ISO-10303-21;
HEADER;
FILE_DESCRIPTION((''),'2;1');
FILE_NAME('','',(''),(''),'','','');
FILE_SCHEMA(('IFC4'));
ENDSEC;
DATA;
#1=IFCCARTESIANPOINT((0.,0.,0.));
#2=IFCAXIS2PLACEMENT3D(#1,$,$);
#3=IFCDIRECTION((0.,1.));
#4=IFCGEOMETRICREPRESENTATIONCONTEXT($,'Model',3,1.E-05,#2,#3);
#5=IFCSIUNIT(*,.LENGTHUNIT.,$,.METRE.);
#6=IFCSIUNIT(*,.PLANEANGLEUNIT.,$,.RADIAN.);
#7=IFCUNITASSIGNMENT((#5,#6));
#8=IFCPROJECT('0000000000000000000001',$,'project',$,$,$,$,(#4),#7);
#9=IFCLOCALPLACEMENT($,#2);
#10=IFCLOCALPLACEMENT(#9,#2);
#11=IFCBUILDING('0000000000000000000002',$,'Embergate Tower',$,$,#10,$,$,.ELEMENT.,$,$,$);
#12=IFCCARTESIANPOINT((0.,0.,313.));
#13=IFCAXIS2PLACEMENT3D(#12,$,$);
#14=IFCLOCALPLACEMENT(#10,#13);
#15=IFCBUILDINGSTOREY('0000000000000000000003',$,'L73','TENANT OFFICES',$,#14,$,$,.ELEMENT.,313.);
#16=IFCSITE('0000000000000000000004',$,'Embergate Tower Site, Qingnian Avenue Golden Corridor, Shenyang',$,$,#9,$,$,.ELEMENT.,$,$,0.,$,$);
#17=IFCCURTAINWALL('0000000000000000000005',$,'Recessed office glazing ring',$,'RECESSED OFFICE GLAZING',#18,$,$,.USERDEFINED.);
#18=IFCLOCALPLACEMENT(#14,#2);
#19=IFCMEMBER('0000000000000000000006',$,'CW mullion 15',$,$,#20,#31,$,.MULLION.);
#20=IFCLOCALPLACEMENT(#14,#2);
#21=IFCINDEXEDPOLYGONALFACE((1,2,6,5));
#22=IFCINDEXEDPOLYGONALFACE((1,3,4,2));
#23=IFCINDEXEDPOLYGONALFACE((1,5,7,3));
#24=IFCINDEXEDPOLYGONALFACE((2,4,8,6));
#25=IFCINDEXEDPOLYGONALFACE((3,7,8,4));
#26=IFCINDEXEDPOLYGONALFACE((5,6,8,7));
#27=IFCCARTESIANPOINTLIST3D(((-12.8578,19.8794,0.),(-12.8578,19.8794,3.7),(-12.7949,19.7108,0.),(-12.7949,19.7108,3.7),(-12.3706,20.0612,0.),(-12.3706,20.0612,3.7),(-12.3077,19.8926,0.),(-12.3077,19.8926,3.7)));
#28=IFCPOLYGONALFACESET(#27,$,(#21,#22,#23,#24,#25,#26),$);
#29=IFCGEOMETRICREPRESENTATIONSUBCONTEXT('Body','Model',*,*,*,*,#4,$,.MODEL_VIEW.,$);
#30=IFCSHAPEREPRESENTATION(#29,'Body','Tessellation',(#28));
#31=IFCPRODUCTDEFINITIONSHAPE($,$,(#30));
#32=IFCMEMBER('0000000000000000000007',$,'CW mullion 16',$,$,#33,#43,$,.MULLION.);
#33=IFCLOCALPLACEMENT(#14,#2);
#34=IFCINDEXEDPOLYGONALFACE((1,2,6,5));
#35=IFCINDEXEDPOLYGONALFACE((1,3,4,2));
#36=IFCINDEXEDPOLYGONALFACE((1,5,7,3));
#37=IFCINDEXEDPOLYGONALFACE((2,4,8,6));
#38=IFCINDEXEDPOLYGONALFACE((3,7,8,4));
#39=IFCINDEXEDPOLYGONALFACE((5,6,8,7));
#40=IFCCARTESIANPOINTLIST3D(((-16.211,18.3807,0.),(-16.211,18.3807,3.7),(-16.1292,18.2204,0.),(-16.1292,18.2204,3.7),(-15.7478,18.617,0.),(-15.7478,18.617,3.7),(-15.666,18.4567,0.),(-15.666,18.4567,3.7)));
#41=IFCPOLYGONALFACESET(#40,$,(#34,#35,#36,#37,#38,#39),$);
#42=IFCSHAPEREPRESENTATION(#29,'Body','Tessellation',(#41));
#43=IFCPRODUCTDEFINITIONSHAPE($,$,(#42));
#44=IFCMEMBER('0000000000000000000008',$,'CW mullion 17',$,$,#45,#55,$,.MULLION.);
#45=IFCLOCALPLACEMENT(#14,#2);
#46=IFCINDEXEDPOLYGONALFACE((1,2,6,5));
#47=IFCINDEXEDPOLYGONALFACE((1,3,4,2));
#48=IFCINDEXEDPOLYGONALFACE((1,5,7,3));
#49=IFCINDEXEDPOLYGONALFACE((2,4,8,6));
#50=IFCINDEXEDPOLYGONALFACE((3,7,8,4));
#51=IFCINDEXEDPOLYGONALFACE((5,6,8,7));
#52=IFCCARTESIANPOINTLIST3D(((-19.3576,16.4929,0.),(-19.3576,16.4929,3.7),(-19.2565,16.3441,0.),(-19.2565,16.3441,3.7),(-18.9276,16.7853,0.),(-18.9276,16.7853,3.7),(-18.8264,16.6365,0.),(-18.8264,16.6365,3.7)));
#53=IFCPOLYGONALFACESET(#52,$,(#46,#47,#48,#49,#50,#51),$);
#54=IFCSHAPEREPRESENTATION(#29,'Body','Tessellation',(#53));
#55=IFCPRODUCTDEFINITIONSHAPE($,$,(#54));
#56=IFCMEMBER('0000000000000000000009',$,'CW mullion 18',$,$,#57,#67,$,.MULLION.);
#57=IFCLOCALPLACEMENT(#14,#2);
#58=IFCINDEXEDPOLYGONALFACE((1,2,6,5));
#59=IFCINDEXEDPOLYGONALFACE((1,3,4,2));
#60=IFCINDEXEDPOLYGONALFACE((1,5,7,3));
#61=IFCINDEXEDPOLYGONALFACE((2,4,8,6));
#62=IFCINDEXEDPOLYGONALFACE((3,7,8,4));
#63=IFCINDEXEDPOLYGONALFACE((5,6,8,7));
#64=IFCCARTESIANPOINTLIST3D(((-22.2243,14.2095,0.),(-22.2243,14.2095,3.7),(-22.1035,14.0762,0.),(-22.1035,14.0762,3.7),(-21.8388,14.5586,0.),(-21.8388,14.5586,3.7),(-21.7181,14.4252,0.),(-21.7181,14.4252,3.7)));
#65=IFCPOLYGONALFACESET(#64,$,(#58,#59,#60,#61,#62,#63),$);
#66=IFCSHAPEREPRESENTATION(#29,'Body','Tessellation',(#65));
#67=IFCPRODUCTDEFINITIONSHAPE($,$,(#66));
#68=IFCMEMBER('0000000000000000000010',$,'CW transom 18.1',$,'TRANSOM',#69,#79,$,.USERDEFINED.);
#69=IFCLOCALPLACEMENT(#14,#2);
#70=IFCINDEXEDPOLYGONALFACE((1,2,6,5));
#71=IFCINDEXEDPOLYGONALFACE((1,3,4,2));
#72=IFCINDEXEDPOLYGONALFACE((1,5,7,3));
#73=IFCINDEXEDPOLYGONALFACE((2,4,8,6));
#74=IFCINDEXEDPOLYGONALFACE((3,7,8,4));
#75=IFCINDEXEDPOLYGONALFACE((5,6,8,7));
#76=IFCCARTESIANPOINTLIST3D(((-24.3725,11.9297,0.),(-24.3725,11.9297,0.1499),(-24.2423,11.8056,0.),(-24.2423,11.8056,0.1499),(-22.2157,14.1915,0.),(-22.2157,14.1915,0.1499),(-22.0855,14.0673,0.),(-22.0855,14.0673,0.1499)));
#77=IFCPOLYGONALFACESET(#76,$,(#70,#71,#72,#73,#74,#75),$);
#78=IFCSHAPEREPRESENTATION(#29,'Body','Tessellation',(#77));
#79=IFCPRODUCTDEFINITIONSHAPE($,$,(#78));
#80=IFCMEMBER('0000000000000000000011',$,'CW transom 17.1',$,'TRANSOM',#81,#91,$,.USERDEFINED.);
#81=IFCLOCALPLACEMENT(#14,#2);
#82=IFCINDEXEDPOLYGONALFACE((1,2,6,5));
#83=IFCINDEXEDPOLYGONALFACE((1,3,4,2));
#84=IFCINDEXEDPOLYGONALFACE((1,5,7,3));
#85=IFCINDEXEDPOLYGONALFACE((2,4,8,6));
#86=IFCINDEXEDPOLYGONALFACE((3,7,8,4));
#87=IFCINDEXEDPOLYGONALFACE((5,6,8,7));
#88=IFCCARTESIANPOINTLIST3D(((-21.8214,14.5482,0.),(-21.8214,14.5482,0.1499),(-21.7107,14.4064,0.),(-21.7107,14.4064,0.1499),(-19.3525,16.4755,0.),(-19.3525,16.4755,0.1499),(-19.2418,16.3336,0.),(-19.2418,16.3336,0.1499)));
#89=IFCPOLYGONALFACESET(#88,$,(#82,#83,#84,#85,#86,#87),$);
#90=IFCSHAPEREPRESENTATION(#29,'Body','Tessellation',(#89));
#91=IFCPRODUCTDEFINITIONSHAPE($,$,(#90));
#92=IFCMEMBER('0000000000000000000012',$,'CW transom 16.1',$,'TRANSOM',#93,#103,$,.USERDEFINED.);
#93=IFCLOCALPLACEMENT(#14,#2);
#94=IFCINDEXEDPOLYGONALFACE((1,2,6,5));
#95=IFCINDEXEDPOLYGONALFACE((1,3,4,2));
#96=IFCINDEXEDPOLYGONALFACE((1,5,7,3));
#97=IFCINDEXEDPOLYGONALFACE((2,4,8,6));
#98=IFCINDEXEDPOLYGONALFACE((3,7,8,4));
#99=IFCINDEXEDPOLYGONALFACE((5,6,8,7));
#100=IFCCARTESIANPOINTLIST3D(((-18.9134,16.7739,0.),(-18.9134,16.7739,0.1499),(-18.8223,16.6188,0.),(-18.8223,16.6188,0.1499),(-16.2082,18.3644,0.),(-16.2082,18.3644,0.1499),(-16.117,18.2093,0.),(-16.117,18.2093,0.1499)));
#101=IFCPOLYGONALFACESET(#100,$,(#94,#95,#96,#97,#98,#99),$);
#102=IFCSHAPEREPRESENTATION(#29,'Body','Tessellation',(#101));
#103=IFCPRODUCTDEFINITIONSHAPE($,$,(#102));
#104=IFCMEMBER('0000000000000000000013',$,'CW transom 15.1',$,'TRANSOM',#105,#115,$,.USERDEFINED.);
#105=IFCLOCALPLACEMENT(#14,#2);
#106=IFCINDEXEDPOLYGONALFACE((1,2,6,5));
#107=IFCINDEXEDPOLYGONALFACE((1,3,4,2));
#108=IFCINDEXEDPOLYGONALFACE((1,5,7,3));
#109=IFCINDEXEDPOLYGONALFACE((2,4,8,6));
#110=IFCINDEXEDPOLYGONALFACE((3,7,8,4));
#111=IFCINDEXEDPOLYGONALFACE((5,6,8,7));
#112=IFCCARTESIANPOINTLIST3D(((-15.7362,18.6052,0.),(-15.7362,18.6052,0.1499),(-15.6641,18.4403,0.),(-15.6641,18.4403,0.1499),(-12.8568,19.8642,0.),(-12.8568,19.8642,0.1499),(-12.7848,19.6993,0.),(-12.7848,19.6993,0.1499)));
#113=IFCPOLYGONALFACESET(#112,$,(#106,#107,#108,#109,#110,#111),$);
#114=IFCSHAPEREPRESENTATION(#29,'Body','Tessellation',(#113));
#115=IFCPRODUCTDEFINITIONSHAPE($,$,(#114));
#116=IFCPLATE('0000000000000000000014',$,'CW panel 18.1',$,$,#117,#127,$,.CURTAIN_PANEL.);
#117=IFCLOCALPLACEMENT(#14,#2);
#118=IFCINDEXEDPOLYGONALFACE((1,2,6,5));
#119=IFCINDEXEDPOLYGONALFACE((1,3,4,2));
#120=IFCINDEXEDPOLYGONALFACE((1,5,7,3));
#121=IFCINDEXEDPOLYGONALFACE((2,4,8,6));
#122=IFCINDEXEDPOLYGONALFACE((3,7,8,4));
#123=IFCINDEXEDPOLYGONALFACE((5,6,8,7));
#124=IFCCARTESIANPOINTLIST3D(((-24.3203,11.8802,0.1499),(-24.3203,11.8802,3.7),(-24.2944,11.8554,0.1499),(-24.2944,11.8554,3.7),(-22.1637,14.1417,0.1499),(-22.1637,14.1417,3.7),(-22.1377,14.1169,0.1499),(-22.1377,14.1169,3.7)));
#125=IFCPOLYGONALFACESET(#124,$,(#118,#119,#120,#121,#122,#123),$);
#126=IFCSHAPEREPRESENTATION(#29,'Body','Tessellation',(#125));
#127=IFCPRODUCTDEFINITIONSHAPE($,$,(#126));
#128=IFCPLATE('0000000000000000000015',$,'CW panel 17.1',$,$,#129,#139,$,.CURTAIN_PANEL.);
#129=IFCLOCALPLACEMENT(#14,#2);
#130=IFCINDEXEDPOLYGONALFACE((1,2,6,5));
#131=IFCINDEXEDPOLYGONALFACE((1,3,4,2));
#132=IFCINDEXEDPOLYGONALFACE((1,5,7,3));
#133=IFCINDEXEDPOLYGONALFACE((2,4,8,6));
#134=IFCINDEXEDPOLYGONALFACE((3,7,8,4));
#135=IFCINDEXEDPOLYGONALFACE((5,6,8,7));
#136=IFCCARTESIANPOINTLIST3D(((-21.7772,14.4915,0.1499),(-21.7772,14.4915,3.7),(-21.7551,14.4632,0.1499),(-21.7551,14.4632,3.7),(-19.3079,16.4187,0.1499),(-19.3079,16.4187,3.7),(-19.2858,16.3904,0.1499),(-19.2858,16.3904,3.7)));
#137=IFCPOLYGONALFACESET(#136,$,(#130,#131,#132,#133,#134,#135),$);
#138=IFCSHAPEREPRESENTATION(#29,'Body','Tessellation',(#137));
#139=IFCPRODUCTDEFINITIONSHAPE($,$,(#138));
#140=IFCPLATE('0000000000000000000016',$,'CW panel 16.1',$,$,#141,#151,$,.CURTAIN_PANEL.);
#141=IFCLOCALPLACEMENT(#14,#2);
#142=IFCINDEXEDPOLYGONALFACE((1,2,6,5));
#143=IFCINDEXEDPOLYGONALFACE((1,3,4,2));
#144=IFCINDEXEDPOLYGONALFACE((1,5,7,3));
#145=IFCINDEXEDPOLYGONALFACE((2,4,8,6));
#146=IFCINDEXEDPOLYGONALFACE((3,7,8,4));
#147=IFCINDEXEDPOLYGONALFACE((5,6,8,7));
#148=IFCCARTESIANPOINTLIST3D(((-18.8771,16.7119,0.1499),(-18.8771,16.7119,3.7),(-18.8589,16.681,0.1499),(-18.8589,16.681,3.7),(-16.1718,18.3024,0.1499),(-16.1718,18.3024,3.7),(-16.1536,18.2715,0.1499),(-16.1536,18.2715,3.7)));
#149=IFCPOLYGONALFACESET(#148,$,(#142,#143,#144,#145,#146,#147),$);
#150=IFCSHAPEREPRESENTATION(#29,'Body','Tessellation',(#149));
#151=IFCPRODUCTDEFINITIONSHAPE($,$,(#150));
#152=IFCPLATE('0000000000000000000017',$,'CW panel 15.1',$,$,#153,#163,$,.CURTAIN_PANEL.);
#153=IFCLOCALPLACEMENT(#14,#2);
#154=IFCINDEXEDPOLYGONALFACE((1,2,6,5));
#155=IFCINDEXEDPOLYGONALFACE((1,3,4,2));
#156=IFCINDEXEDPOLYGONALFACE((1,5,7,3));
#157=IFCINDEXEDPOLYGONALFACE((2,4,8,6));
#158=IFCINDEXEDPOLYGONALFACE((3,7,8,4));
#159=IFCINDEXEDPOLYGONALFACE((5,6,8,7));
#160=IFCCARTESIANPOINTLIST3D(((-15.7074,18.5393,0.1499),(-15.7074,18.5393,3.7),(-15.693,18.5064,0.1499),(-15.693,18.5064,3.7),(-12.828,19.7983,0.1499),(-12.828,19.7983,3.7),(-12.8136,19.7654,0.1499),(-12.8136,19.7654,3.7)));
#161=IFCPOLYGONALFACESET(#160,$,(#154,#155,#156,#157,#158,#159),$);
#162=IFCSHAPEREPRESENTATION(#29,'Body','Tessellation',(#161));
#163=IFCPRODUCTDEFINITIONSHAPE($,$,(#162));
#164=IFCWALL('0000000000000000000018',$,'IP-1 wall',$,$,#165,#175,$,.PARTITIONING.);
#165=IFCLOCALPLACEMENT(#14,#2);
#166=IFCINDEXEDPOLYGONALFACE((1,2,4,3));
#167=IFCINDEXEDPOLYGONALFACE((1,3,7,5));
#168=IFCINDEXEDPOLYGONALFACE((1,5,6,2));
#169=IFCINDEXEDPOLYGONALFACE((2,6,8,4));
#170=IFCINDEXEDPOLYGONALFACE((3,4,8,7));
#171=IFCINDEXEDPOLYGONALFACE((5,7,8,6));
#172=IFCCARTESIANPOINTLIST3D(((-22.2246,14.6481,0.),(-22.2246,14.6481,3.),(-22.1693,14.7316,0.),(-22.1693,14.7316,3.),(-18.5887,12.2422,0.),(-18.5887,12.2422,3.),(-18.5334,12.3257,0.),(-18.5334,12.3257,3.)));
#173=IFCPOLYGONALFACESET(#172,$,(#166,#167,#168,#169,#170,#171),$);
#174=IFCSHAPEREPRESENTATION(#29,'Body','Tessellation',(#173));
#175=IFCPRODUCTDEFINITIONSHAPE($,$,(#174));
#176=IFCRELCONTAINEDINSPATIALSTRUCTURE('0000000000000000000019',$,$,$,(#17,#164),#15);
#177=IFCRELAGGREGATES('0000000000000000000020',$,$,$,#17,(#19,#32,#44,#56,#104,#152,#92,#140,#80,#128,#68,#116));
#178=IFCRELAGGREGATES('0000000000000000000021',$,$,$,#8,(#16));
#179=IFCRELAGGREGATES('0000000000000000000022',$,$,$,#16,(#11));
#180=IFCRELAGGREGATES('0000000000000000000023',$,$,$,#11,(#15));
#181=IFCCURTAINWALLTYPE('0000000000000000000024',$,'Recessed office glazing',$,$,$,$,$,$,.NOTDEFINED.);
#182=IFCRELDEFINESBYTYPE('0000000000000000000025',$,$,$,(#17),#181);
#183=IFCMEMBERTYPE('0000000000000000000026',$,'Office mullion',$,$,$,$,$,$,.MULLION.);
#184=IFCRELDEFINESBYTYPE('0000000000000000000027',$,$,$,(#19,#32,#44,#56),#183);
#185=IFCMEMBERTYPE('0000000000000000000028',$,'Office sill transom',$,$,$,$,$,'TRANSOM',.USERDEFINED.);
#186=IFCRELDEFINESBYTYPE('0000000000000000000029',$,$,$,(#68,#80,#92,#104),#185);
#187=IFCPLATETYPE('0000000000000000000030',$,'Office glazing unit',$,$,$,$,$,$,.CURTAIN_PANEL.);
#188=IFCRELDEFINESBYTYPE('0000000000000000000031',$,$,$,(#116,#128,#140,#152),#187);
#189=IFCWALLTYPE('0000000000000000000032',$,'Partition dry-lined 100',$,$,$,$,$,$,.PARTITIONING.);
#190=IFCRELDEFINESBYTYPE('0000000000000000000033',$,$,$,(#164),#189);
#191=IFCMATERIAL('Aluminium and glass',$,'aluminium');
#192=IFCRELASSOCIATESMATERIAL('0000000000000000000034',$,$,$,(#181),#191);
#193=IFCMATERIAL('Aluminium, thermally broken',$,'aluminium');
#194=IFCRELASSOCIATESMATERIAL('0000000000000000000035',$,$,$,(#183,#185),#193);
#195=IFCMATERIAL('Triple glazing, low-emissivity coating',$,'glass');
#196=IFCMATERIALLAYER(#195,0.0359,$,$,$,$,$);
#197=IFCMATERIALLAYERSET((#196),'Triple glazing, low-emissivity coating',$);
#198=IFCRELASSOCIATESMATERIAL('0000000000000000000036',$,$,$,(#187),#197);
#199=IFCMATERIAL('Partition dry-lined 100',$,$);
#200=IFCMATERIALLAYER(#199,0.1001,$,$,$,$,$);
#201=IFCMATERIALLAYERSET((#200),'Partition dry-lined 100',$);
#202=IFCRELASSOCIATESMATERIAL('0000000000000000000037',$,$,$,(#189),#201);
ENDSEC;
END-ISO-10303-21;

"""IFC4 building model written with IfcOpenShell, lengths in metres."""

from ifc_helpers import new_model, si_unit, direction, frame, frame_2d, origin, origin_2d, place, context, subcontext, project, spatial, rectangle, extrude, source, transform, mapped, material, layer, layer_set, material_profile, profile_set, type_object, element, aggregate, save


model = new_model("IFC4")

# Units and contexts
model_context = context("Model", 3, precision=1e-05, world=origin(), true_north=direction((0.0, 1.0)))
body_context = subcontext(model_context, "Body", "Model", "MODEL_VIEW")
ifc_project = project(units=[si_unit("LENGTHUNIT", "METRE"), si_unit("PLANEANGLEUNIT", "RADIAN")], contexts=[model_context])

# Site, building, storey
site_placement = place(None, origin())
site = spatial("IfcSite", under=ifc_project, at=site_placement, Name="Embergate Tower Site, Qingnian Avenue Golden Corridor, Shenyang", CompositionType="ELEMENT", RefElevation=0.0)
building_placement = place(site_placement, origin())
building = spatial("IfcBuilding", under=site, at=building_placement, Name="Embergate Tower", CompositionType="ELEMENT")
storey_placement = place(building_placement, frame((0.0, 0.0, 313.0)))
storey = spatial("IfcBuildingStorey", under=building, at=storey_placement, Name="L73", Description="TENANT OFFICES", CompositionType="ELEMENT", Elevation=313.0)

# Curtain wall, members, plates
ifc_material_1 = material(Name="Aluminium and glass", Category="aluminium")
curtain_wall_type = type_object("IfcCurtainWallType", Name="Recessed office glazing", PredefinedType="NOTDEFINED", material=ifc_material_1)
curtain_wall_placement = place(storey_placement, origin())
curtain_wall = element("IfcCurtainWall", 1, at=curtain_wall_placement, inside=storey, type_object=curtain_wall_type, Name="Recessed office glazing ring", ObjectType="RECESSED OFFICE GLAZING", PredefinedType="USERDEFINED")
ifc_material_2 = material(Name="Aluminium, thermally broken", Category="aluminium")
ifc_material_profile_1 = material_profile(ifc_material_2, rectangle(XDim=0.1799, YDim=0.52, at=origin_2d()), Name="AL 520x180")
ifc_profile_set_1 = profile_set([ifc_material_profile_1], Name="Aluminium, thermally broken")
member_type_1 = type_object("IfcMemberType", Name="Office mullion", PredefinedType="MULLION", material=ifc_profile_set_1)
shared_shape_1 = source(origin(), body_context, "Body", "SweptSolid", [
    extrude(rectangle(XDim=0.1799, YDim=0.52, at=origin_2d()), origin(), (0.0, 0.0, 1.0), 3.7),
])
member_1_placement = place(storey_placement, frame((-12.5828, 19.886, 0.0), z_axis=(0.0, 0.0, 1.0), x_axis=(0.349501, -0.936936, 0.0)))
member_1 = element("IfcMember", 2, at=member_1_placement, type_object=member_type_1, Name="CW mullion 15", PredefinedType="MULLION", context=body_context, shape_type="MappedRepresentation", body=[
    mapped(shared_shape_1, transform((0.0, 0.0, 0.0))),
])
member_2_placement = place(storey_placement, frame((-15.9385, 18.4187, 0.0), z_axis=(0.0, 0.0, 1.0), x_axis=(0.454507, -0.890743, 0.0)))
member_2 = element("IfcMember", 3, at=member_2_placement, type_object=member_type_1, Name="CW mullion 16", PredefinedType="MULLION", context=body_context, shape_type="MappedRepresentation", body=[
    mapped(shared_shape_1, transform((0.0, 0.0, 0.0))),
])
member_3_placement = place(storey_placement, frame((-19.092, 16.5647, 0.0), z_axis=(0.0, 0.0, 1.0), x_axis=(0.56221, -0.826994, 0.0)))
member_3 = element("IfcMember", 4, at=member_3_placement, type_object=member_type_1, Name="CW mullion 17", PredefinedType="MULLION", context=body_context, shape_type="MappedRepresentation", body=[
    mapped(shared_shape_1, transform((0.0, 0.0, 0.0))),
])
member_4_placement = place(storey_placement, frame((-21.9712, 14.3174, 0.0), z_axis=(0.0, 0.0, 1.0), x_axis=(0.671217, -0.74126, 0.0)))
member_4 = element("IfcMember", 5, at=member_4_placement, type_object=member_type_1, Name="CW mullion 18", PredefinedType="MULLION", context=body_context, shape_type="MappedRepresentation", body=[
    mapped(shared_shape_1, transform((0.0, 0.0, 0.0))),
])
ifc_material_profile_2 = material_profile(ifc_material_2, rectangle(XDim=0.1799, YDim=0.1499, at=origin_2d()), Name="AL 150x180")
ifc_profile_set_2 = profile_set([ifc_material_profile_2], Name="Aluminium, thermally broken")
member_type_2 = type_object("IfcMemberType", Name="Office sill transom", ElementType="TRANSOM", PredefinedType="USERDEFINED", material=ifc_profile_set_2)
shared_shape_2 = source(origin(), body_context, "Body", "SweptSolid", [
    extrude(rectangle(XDim=0.1799, YDim=0.1499, at=origin_2d()), origin(), (0.0, 0.0, 1.0), 3.1252),
])
member_5_placement = place(storey_placement, frame((-22.1506, 14.1294, 0.075), z_axis=(-0.690111, -0.723703, 0.0), x_axis=(0.723703, -0.690111, 0.0)))
member_5 = element("IfcMember", 6, at=member_5_placement, type_object=member_type_2, Name="CW transom 18.1", ObjectType="TRANSOM", PredefinedType="USERDEFINED", context=body_context, shape_type="MappedRepresentation", body=[
    mapped(shared_shape_2, transform((0.0, 0.0, 0.0))),
])
shared_shape_3 = source(origin(), body_context, "Body", "SweptSolid", [
    extrude(rectangle(XDim=0.1799, YDim=0.1499, at=origin_2d()), origin(), (0.0, 0.0, 1.0), 3.1321),
])
member_6_placement = place(storey_placement, frame((-19.2971, 16.4045, 0.075), z_axis=(-0.788281, -0.615316, 0.0), x_axis=(0.615316, -0.788281, 0.0)))
member_6 = element("IfcMember", 7, at=member_6_placement, type_object=member_type_2, Name="CW transom 17.1", ObjectType="TRANSOM", PredefinedType="USERDEFINED", context=body_context, shape_type="MappedRepresentation", body=[
    mapped(shared_shape_3, transform((0.0, 0.0, 0.0))),
])
shared_shape_4 = source(origin(), body_context, "Body", "SweptSolid", [
    extrude(rectangle(XDim=0.1799, YDim=0.1499, at=origin_2d()), origin(), (0.0, 0.0, 1.0), 3.1382),
])
member_7_placement = place(storey_placement, frame((-16.1626, 18.2869, 0.075), z_axis=(-0.862044, -0.506833, 0.0), x_axis=(0.506833, -0.862044, 0.0)))
member_7 = element("IfcMember", 8, at=member_7_placement, type_object=member_type_2, Name="CW transom 16.1", ObjectType="TRANSOM", PredefinedType="USERDEFINED", context=body_context, shape_type="MappedRepresentation", body=[
    mapped(shared_shape_4, transform((0.0, 0.0, 0.0))),
])
shared_shape_5 = source(origin(), body_context, "Body", "SweptSolid", [
    extrude(rectangle(XDim=0.1799, YDim=0.1499, at=origin_2d()), origin(), (0.0, 0.0, 1.0), 3.1426),
])
member_8_placement = place(storey_placement, frame((-12.8208, 19.7817, 0.075), z_axis=(-0.916239, -0.400631, 0.0), x_axis=(0.400631, -0.916239, 0.0)))
member_8 = element("IfcMember", 9, at=member_8_placement, type_object=member_type_2, Name="CW transom 15.1", ObjectType="TRANSOM", PredefinedType="USERDEFINED", context=body_context, shape_type="MappedRepresentation", body=[
    mapped(shared_shape_5, transform((0.0, 0.0, 0.0))),
])
ifc_material_3 = material(Name="Triple glazing, low-emissivity coating", Category="glass")
ifc_layer_1 = layer(ifc_material_3, 0.0359)
ifc_layer_set_1 = layer_set([ifc_layer_1], Name="Triple glazing, low-emissivity coating")
plate_type = type_object("IfcPlateType", Name="Office glazing unit", PredefinedType="CURTAIN_PANEL", material=ifc_layer_set_1)
shared_shape_6 = source(origin(), body_context, "Body", "SweptSolid", [
    extrude(rectangle(XDim=3.125, YDim=0.0359, at=origin_2d()), origin(), (0.0, 0.0, 1.0), 3.55),
])
plate_1_placement = place(storey_placement, frame((-23.229, 12.9985, 0.1499), z_axis=(0.0, 0.0, 1.0), x_axis=(-0.690134, -0.723682, 0.0)))
plate_1 = element("IfcPlate", 10, at=plate_1_placement, type_object=plate_type, Name="CW panel 18.1", PredefinedType="CURTAIN_PANEL", context=body_context, shape_type="MappedRepresentation", body=[
    mapped(shared_shape_6, transform((0.0, 0.0, 0.0))),
])
shared_shape_7 = source(origin(), body_context, "Body", "SweptSolid", [
    extrude(rectangle(XDim=3.1323, YDim=0.0359, at=origin_2d()), origin(), (0.0, 0.0, 1.0), 3.55),
])
plate_2_placement = place(storey_placement, frame((-20.5315, 15.4409, 0.1499), z_axis=(0.0, 0.0, 1.0), x_axis=(-0.788319, -0.615267, 0.0)))
plate_2 = element("IfcPlate", 11, at=plate_2_placement, type_object=plate_type, Name="CW panel 17.1", PredefinedType="CURTAIN_PANEL", context=body_context, shape_type="MappedRepresentation", body=[
    mapped(shared_shape_7, transform((0.0, 0.0, 0.0))),
])
shared_shape_8 = source(origin(), body_context, "Body", "SweptSolid", [
    extrude(rectangle(XDim=3.1382, YDim=0.0359, at=origin_2d()), origin(), (0.0, 0.0, 1.0), 3.55),
])
plate_3_placement = place(storey_placement, frame((-17.5154, 17.4917, 0.1499), z_axis=(0.0, 0.0, 1.0), x_axis=(-0.862051, -0.506821, 0.0)))
plate_3 = element("IfcPlate", 12, at=plate_3_placement, type_object=plate_type, Name="CW panel 16.1", PredefinedType="CURTAIN_PANEL", context=body_context, shape_type="MappedRepresentation", body=[
    mapped(shared_shape_8, transform((0.0, 0.0, 0.0))),
])
shared_shape_9 = source(origin(), body_context, "Body", "SweptSolid", [
    extrude(rectangle(XDim=3.1426, YDim=0.0359, at=origin_2d()), origin(), (0.0, 0.0, 1.0), 3.55),
])
plate_4_placement = place(storey_placement, frame((-14.2605, 19.1523, 0.1499), z_axis=(0.0, 0.0, 1.0), x_axis=(-0.916235, -0.400642, 0.0)))
plate_4 = element("IfcPlate", 13, at=plate_4_placement, type_object=plate_type, Name="CW panel 15.1", PredefinedType="CURTAIN_PANEL", context=body_context, shape_type="MappedRepresentation", body=[
    mapped(shared_shape_9, transform((0.0, 0.0, 0.0))),
])
aggregate(curtain_wall, [member_1, member_2, member_3, member_4, member_8, plate_4, member_7, plate_3, member_6, plate_2, member_5, plate_1])

# Wall
ifc_material_4 = material(Name="Partition dry-lined 100")
ifc_layer_2 = layer(ifc_material_4, 0.1001)
ifc_layer_set_2 = layer_set([ifc_layer_2], Name="Partition dry-lined 100")
wall_type = type_object("IfcWallType", Name="Partition dry-lined 100", PredefinedType="PARTITIONING", material=ifc_layer_set_2)
shared_shape_10 = source(origin(), body_context, "Body", "SweptSolid", [
    extrude(rectangle(XDim=4.3599, YDim=0.1001, at=frame_2d((2.1799, 0.0))), origin(), (0.0, 0.0, 1.0), 3.0),
])
wall_1_placement = place(storey_placement, frame((-18.561, 12.2839, 0.0), z_axis=(0.0, 0.0, 1.0), x_axis=(-0.833949, 0.551841, 0.0)))
element("IfcWall", 14, at=wall_1_placement, inside=storey, type_object=wall_type, Name="IP-1 wall", PredefinedType="PARTITIONING", context=body_context, shape_type="MappedRepresentation", body=[
    mapped(shared_shape_10, transform((0.0, 0.0, 0.0))),
])

save(model, "model.ifc")
